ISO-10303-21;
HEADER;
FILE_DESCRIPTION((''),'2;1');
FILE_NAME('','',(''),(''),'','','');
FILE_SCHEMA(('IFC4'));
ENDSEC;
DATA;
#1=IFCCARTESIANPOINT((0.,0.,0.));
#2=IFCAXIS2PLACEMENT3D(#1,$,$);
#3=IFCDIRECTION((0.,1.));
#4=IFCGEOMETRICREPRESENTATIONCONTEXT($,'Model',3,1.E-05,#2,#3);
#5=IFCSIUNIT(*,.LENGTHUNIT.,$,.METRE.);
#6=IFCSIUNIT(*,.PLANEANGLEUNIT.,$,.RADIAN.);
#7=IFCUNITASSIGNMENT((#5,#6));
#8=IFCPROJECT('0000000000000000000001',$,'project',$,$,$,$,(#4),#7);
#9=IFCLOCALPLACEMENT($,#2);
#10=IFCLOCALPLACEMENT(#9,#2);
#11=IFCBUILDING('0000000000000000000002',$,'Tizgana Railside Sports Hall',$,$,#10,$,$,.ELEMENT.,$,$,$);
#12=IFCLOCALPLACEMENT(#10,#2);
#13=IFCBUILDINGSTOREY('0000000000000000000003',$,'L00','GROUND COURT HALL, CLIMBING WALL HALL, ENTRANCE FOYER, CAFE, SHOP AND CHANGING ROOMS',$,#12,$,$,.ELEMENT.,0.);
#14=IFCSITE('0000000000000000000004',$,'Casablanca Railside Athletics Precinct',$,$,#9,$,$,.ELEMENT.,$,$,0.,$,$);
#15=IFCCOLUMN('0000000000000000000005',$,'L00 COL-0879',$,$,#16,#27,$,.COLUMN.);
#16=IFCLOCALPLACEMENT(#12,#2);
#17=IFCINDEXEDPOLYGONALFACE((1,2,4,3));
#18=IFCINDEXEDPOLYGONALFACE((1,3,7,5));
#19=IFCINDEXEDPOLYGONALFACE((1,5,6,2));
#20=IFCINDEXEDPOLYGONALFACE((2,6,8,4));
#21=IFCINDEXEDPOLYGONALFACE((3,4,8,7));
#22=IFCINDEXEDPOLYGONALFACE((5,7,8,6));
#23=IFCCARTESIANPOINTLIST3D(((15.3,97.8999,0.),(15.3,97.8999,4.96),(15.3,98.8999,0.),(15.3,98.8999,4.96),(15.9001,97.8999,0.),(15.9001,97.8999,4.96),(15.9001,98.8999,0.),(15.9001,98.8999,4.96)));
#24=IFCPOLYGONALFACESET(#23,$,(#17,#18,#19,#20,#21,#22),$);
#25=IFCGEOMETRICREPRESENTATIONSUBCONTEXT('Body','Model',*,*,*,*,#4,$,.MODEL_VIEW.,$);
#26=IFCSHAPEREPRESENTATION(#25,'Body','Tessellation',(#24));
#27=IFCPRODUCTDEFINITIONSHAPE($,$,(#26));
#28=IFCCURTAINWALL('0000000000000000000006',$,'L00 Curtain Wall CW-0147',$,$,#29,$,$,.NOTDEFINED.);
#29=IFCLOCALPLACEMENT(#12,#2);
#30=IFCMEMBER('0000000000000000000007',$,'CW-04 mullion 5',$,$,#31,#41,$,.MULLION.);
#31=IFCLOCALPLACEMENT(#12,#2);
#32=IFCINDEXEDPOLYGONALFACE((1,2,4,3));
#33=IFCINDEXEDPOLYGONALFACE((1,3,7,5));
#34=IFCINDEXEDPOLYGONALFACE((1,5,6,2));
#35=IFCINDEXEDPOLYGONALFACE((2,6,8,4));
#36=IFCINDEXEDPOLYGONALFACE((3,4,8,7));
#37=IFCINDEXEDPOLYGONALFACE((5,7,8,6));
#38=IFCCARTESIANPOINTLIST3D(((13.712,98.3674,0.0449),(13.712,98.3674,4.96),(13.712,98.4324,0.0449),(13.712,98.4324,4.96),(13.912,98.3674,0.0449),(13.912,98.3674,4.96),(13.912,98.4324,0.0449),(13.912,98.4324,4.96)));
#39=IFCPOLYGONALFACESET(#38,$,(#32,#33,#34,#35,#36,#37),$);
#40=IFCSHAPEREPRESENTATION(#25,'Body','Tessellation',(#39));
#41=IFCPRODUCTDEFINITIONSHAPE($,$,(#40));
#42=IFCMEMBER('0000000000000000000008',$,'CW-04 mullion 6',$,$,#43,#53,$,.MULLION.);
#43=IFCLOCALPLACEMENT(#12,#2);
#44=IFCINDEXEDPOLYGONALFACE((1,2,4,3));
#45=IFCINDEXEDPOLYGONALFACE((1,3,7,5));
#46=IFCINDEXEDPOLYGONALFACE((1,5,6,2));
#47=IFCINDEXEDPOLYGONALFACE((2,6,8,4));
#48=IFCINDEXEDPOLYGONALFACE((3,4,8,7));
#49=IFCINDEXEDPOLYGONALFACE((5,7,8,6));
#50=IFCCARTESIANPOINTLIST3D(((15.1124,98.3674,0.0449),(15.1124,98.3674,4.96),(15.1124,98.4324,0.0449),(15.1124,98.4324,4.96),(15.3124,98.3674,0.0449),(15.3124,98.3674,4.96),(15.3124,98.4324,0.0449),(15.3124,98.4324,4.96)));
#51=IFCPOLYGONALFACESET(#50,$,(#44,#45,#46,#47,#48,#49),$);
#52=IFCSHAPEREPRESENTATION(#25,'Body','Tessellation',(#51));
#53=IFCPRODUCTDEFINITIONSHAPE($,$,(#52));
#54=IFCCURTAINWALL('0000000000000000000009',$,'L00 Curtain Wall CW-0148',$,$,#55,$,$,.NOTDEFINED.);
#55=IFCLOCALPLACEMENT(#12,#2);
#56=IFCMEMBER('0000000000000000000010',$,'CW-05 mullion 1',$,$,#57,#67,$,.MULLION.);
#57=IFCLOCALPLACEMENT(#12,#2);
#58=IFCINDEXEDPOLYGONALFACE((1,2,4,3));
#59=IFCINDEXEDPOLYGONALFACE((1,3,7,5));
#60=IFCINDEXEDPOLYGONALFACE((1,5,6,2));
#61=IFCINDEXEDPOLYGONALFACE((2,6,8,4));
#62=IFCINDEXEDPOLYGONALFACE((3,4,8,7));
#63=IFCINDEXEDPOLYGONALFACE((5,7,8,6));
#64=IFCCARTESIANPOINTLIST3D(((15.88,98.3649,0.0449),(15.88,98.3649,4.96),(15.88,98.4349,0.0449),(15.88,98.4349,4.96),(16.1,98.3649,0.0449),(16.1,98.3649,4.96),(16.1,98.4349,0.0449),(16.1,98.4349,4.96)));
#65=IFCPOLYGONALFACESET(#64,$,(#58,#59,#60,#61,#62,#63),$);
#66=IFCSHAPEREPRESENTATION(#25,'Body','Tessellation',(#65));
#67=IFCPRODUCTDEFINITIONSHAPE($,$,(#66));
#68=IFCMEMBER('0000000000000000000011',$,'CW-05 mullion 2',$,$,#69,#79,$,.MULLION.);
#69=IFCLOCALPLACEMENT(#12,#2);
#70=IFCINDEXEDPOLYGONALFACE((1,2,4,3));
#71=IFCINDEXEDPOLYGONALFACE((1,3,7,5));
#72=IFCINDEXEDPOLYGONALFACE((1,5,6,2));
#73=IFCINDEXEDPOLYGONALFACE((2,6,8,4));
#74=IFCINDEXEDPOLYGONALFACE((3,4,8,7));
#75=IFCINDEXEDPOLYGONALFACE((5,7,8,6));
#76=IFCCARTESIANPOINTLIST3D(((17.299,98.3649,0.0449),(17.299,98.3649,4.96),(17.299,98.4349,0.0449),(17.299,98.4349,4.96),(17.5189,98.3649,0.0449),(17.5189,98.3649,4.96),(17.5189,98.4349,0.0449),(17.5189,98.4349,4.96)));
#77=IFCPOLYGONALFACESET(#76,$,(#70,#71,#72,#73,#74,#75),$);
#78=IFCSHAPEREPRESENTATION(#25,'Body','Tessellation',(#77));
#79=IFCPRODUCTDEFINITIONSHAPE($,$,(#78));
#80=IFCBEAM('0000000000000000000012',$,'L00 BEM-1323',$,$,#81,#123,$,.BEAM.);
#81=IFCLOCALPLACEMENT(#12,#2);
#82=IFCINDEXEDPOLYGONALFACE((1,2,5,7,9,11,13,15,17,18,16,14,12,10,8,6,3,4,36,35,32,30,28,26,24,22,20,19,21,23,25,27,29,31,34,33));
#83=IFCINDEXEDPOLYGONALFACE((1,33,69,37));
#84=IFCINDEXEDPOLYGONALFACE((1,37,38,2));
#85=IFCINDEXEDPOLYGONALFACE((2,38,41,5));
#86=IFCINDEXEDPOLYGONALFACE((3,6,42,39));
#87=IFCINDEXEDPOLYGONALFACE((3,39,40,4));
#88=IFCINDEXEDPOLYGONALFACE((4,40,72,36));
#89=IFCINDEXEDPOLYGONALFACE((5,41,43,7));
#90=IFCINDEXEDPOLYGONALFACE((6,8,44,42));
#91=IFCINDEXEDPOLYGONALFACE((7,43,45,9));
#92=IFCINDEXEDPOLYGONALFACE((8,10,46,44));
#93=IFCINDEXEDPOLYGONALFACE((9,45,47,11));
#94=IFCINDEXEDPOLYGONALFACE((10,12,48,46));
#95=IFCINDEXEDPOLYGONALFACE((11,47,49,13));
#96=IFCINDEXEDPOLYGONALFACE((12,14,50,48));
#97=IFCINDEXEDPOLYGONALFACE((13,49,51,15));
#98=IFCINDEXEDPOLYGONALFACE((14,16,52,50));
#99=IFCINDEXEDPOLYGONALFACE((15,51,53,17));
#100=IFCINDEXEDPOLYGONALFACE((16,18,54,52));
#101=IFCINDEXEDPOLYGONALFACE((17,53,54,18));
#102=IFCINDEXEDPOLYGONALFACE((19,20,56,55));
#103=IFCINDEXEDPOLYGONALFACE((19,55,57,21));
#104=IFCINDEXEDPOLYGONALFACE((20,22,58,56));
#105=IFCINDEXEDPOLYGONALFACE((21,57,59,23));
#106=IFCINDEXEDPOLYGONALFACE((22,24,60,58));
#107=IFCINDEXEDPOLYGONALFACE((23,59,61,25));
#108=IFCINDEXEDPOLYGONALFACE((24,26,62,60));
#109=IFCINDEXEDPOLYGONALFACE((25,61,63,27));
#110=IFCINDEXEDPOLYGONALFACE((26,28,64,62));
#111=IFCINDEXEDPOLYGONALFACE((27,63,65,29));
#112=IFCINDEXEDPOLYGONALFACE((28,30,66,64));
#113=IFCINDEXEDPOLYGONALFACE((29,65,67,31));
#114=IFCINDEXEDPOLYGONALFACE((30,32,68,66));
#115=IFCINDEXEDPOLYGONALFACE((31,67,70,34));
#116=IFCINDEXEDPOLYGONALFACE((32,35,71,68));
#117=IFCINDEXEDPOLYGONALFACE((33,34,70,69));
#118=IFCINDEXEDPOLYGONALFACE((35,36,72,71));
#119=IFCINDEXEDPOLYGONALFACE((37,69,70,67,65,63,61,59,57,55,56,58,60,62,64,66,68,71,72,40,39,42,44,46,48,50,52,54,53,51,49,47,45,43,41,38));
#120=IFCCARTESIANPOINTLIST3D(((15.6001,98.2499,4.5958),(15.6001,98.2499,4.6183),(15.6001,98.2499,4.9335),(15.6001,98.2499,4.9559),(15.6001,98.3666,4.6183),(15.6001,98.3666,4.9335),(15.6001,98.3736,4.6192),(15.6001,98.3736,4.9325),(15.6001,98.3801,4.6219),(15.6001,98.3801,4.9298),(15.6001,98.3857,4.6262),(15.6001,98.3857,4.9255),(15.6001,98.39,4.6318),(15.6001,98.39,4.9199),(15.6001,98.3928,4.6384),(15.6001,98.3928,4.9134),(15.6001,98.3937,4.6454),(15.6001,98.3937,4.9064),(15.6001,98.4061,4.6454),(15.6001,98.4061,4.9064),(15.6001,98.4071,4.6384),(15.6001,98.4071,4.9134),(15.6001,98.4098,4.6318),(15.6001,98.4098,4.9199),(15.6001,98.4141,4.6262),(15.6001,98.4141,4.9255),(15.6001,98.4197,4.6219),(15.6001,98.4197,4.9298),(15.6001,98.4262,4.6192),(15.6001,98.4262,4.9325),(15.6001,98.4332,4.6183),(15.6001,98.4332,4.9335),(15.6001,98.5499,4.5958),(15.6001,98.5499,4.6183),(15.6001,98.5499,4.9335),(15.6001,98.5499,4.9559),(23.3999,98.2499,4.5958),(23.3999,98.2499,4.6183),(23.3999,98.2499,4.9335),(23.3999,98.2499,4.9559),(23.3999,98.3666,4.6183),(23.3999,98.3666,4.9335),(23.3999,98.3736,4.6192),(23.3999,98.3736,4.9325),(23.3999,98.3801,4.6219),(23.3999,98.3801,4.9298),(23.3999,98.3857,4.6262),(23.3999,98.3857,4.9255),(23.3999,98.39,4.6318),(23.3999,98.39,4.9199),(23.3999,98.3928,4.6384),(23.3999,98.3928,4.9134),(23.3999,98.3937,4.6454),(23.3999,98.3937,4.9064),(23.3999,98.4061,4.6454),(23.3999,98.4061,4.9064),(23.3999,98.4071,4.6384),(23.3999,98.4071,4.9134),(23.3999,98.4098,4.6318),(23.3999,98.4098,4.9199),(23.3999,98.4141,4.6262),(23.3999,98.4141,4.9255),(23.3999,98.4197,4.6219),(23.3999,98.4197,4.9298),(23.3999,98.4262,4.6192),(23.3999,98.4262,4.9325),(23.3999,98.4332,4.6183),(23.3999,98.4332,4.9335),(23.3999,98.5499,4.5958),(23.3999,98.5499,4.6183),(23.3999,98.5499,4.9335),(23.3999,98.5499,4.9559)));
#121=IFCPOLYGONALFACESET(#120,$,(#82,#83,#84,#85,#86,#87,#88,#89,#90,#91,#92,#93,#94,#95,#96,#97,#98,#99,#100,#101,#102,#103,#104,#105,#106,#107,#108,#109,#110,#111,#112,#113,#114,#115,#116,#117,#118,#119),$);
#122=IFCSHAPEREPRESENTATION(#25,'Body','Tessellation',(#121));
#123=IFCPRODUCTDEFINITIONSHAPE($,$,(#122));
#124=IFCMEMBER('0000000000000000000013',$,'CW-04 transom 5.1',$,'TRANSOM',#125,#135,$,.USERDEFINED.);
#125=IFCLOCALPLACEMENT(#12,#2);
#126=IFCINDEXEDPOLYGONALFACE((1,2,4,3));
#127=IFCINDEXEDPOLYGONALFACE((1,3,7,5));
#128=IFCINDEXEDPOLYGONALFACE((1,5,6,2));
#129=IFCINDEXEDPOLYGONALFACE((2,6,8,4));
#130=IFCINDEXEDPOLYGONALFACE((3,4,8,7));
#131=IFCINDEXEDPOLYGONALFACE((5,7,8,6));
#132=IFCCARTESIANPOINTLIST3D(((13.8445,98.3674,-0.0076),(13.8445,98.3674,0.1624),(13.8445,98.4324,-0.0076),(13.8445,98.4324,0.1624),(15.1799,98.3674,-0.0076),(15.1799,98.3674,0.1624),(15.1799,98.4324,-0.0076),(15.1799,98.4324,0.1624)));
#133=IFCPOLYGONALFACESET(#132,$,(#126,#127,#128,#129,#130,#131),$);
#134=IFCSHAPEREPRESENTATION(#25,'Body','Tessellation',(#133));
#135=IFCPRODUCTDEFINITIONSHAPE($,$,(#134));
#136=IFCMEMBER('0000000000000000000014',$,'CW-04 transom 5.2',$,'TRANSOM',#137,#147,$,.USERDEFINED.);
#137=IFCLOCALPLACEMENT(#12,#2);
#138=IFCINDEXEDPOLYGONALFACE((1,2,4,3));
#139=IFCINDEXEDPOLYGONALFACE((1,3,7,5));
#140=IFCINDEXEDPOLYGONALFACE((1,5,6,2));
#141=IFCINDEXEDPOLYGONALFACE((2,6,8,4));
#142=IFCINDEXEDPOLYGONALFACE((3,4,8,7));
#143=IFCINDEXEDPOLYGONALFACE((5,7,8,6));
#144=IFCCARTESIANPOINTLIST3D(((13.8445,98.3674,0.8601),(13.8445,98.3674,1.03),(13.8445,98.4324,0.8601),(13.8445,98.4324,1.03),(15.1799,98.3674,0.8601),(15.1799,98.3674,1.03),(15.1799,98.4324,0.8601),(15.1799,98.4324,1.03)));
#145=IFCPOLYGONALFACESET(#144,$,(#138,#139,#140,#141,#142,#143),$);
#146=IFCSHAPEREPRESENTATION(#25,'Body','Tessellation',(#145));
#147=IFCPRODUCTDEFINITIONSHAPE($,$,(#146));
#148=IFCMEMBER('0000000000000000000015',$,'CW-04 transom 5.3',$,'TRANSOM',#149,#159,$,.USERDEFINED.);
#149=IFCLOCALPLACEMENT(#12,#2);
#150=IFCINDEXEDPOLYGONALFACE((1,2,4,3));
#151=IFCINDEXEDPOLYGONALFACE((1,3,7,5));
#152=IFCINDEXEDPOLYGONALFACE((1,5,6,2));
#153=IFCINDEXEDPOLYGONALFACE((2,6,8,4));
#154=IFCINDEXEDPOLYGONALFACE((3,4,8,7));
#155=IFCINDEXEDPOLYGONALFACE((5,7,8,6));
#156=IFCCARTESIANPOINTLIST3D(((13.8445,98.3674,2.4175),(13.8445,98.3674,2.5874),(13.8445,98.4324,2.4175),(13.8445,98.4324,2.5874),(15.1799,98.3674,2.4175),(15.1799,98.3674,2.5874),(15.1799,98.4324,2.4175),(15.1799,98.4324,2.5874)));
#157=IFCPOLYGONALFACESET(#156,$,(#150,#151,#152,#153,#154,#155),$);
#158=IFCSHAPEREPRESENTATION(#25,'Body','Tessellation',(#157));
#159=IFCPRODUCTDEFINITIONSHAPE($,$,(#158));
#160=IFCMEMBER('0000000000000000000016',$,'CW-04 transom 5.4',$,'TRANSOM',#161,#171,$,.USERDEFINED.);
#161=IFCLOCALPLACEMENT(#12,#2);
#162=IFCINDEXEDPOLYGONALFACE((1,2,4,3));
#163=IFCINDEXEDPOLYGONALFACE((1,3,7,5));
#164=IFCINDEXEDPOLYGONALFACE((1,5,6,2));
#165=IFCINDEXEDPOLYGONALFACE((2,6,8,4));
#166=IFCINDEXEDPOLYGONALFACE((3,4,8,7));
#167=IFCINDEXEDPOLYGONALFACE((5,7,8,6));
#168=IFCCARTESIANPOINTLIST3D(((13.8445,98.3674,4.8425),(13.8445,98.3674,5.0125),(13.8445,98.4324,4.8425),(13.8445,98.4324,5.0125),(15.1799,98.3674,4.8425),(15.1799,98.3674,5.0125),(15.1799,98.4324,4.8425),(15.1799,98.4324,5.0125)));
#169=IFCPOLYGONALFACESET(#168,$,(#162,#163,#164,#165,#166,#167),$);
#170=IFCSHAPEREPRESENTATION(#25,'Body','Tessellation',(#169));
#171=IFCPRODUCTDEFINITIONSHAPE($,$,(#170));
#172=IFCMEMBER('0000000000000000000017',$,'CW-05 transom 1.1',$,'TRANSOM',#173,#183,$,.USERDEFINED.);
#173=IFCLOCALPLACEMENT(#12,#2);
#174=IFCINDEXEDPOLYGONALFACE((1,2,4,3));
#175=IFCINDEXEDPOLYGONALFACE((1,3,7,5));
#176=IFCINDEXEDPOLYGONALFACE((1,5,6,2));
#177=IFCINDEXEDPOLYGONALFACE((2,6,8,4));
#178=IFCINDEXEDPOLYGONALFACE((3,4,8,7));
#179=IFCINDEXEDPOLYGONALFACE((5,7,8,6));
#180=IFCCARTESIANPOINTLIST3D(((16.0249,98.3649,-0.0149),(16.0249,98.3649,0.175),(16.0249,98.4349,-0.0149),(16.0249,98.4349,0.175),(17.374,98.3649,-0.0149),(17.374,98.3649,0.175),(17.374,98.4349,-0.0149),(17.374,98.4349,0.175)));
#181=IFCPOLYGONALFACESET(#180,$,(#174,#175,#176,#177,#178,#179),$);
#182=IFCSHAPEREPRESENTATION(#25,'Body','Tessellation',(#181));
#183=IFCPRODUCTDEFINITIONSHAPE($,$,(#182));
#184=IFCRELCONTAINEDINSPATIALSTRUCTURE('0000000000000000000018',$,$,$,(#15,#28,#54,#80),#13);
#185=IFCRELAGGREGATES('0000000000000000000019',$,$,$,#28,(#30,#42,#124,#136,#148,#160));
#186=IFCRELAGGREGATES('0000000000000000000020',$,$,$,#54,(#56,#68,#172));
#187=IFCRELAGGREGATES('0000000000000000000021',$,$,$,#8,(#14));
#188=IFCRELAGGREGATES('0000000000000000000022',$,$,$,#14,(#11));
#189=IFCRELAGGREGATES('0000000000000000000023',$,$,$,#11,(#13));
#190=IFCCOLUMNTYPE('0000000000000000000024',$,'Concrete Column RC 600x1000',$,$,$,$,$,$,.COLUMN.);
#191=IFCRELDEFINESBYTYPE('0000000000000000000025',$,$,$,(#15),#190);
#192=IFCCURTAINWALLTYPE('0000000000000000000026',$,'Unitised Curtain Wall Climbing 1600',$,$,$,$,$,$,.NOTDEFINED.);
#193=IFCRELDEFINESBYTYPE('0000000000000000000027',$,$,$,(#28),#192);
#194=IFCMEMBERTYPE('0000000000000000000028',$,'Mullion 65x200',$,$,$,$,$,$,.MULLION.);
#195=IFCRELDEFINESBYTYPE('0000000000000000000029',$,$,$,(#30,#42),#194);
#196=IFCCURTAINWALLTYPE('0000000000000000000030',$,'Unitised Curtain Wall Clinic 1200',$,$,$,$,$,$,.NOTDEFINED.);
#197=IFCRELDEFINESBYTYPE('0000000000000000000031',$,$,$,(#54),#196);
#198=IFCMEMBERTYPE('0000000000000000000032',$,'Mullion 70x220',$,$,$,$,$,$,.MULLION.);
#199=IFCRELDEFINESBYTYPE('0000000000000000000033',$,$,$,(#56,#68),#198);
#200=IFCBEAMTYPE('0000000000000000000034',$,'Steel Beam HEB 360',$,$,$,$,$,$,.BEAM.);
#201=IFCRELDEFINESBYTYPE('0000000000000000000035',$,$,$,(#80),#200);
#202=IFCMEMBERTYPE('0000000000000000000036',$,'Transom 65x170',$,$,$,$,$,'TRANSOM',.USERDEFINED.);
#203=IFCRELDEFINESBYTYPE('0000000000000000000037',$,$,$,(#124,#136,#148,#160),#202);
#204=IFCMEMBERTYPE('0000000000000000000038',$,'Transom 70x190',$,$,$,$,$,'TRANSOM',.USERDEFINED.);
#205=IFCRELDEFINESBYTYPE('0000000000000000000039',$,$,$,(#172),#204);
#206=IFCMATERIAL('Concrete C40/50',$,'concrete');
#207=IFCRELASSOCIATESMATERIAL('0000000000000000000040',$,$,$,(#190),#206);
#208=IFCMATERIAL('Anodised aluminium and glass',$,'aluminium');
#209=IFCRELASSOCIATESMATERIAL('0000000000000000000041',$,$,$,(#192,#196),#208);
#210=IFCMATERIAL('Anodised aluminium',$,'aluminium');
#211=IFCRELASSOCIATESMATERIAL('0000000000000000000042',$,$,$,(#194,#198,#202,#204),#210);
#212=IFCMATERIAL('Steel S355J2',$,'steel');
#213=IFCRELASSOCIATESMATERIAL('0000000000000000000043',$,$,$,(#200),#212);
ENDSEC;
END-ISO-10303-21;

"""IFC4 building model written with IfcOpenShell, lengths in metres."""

from ifc_helpers import new_model, si_unit, direction, frame, origin, origin_2d, place, context, subcontext, project, spatial, rectangle, i_section, extrude, material, material_profile, profile_set, type_object, element, aggregate, save


model = new_model("IFC4")

# Units and contexts
model_context = context("Model", 3, precision=1e-05, world=origin(), true_north=direction((0.0, 1.0)))
body_context = subcontext(model_context, "Body", "Model", "MODEL_VIEW")
ifc_project = project(units=[si_unit("LENGTHUNIT", "METRE"), si_unit("PLANEANGLEUNIT", "RADIAN")], contexts=[model_context])

# Site, building, storey
site_placement = place(None, origin())
site = spatial("IfcSite", under=ifc_project, at=site_placement, Name="Casablanca Railside Athletics Precinct", CompositionType="ELEMENT", RefElevation=0.0)
building_placement = place(site_placement, origin())
building = spatial("IfcBuilding", under=site, at=building_placement, Name="Tizgana Railside Sports Hall", CompositionType="ELEMENT")
storey_placement = place(building_placement, origin())
storey = spatial("IfcBuildingStorey", under=building, at=storey_placement, Name="L00", Description="GROUND COURT HALL, CLIMBING WALL HALL, ENTRANCE FOYER, CAFE, SHOP AND CHANGING ROOMS", CompositionType="ELEMENT", Elevation=0.0)

# Column
ifc_material_1 = material(Name="Concrete C40/50", Category="concrete")
ifc_material_profile_1 = material_profile(ifc_material_1, rectangle(XDim=0.6001, YDim=1.0, at=origin_2d()), Name="RC 600x1000")
ifc_profile_set_1 = profile_set([ifc_material_profile_1], Name="Concrete C40/50")
column_type = type_object("IfcColumnType", Name="Concrete Column RC 600x1000", PredefinedType="COLUMN", material=ifc_profile_set_1)
column_placement = place(storey_placement, frame((15.6001, 98.3999, 0.0), z_axis=(0.0, 0.0, 1.0), x_axis=(1.0, 0.0, 0.0)))
element("IfcColumn", 1, at=column_placement, inside=storey, type_object=column_type, Name="L00 COL-0879", PredefinedType="COLUMN", context=body_context, shape_type="SweptSolid", body=[
    extrude(rectangle(XDim=0.6001, YDim=1.0, at=origin_2d()), origin(), (0.0, 0.0, 1.0), 4.96),
])

# Curtain walls, members
ifc_material_2 = material(Name="Anodised aluminium and glass", Category="aluminium")
curtain_wall_type_1 = type_object("IfcCurtainWallType", Name="Unitised Curtain Wall Climbing 1600", PredefinedType="NOTDEFINED", material=ifc_material_2)
curtain_wall_1_placement = place(storey_placement, origin())
curtain_wall_1 = element("IfcCurtainWall", 2, at=curtain_wall_1_placement, inside=storey, type_object=curtain_wall_type_1, Name="L00 Curtain Wall CW-0147", PredefinedType="NOTDEFINED")
ifc_material_3 = material(Name="Anodised aluminium", Category="aluminium")
ifc_material_profile_2 = material_profile(ifc_material_3, rectangle(XDim=0.0649, YDim=0.2, at=origin_2d()), Name="Mullion 65x200")
ifc_profile_set_2 = profile_set([ifc_material_profile_2], Name="Anodised aluminium")
member_type_1 = type_object("IfcMemberType", Name="Mullion 65x200", PredefinedType="MULLION", material=ifc_profile_set_2)
member_1_placement = place(storey_placement, frame((13.812, 98.3999, 0.0449), z_axis=(0.0, 0.0, 1.0), x_axis=(0.0, 1.0, 0.0)))
member_1 = element("IfcMember", 3, at=member_1_placement, type_object=member_type_1, Name="CW-04 mullion 5", PredefinedType="MULLION", context=body_context, shape_type="SweptSolid", body=[
    extrude(rectangle(XDim=0.0649, YDim=0.2, at=origin_2d()), origin(), (0.0, 0.0, 1.0), 4.915),
])
member_2_placement = place(storey_placement, frame((15.2124, 98.3999, 0.0449), z_axis=(0.0, 0.0, 1.0), x_axis=(0.0, 1.0, 0.0)))
member_2 = element("IfcMember", 4, at=member_2_placement, type_object=member_type_1, Name="CW-04 mullion 6", PredefinedType="MULLION", context=body_context, shape_type="SweptSolid", body=[
    extrude(rectangle(XDim=0.0649, YDim=0.2, at=origin_2d()), origin(), (0.0, 0.0, 1.0), 4.915),
])
curtain_wall_type_2 = type_object("IfcCurtainWallType", Name="Unitised Curtain Wall Clinic 1200", PredefinedType="NOTDEFINED", material=ifc_material_2)
curtain_wall_2_placement = place(storey_placement, origin())
curtain_wall_2 = element("IfcCurtainWall", 5, at=curtain_wall_2_placement, inside=storey, type_object=curtain_wall_type_2, Name="L00 Curtain Wall CW-0148", PredefinedType="NOTDEFINED")
ifc_material_profile_3 = material_profile(ifc_material_3, rectangle(XDim=0.0701, YDim=0.22, at=origin_2d()), Name="Mullion 70x220")
ifc_profile_set_3 = profile_set([ifc_material_profile_3], Name="Anodised aluminium")
member_type_2 = type_object("IfcMemberType", Name="Mullion 70x220", PredefinedType="MULLION", material=ifc_profile_set_3)
member_3_placement = place(storey_placement, frame((15.99, 98.3999, 0.0449), z_axis=(0.0, 0.0, 1.0), x_axis=(0.0, 1.0, 0.0)))
member_3 = element("IfcMember", 6, at=member_3_placement, type_object=member_type_2, Name="CW-05 mullion 1", PredefinedType="MULLION", context=body_context, shape_type="SweptSolid", body=[
    extrude(rectangle(XDim=0.0701, YDim=0.22, at=origin_2d()), origin(), (0.0, 0.0, 1.0), 4.915),
])
member_4_placement = place(storey_placement, frame((17.4089, 98.3999, 0.0449), z_axis=(0.0, 0.0, 1.0), x_axis=(0.0, 1.0, 0.0)))
member_4 = element("IfcMember", 7, at=member_4_placement, type_object=member_type_2, Name="CW-05 mullion 2", PredefinedType="MULLION", context=body_context, shape_type="SweptSolid", body=[
    extrude(rectangle(XDim=0.0701, YDim=0.22, at=origin_2d()), origin(), (0.0, 0.0, 1.0), 4.915),
])

# Beam
ifc_material_4 = material(Name="Steel S355J2", Category="steel")
ifc_material_profile_4 = material_profile(ifc_material_4, i_section(OverallWidth=0.3, OverallDepth=0.3601, WebThickness=0.0125, FlangeThickness=0.0225, FilletRadius=0.0271, at=origin_2d()), Name="HEB 360")
ifc_profile_set_4 = profile_set([ifc_material_profile_4], Name="Steel S355J2")
beam_type = type_object("IfcBeamType", Name="Steel Beam HEB 360", PredefinedType="BEAM", material=ifc_profile_set_4)
beam_placement = place(storey_placement, frame((15.6001, 98.3999, 4.7759), z_axis=(1.0, 0.0, 0.0), x_axis=(0.0, 1.0, 0.0)))
element("IfcBeam", 8, at=beam_placement, inside=storey, type_object=beam_type, Name="L00 BEM-1323", PredefinedType="BEAM", context=body_context, shape_type="SweptSolid", body=[
    extrude(i_section(OverallWidth=0.3, OverallDepth=0.3601, WebThickness=0.0125, FlangeThickness=0.0225, FilletRadius=0.0271, at=origin_2d()), origin(), (0.0, 0.0, 1.0), 7.7998),
])

# Members
ifc_material_profile_5 = material_profile(ifc_material_3, rectangle(XDim=0.0649, YDim=0.1699, at=origin_2d()), Name="Transom 65x170")
ifc_profile_set_5 = profile_set([ifc_material_profile_5], Name="Anodised aluminium")
member_type_3 = type_object("IfcMemberType", Name="Transom 65x170", ElementType="TRANSOM", PredefinedType="USERDEFINED", material=ifc_profile_set_5)
member_5_placement = place(storey_placement, frame((13.8445, 98.3999, 0.0774), z_axis=(1.0, 0.0, 0.0), x_axis=(0.0, 1.0, 0.0)))
member_5 = element("IfcMember", 9, at=member_5_placement, type_object=member_type_3, Name="CW-04 transom 5.1", ObjectType="TRANSOM", PredefinedType="USERDEFINED", context=body_context, shape_type="SweptSolid", body=[
    extrude(rectangle(XDim=0.0649, YDim=0.1699, at=origin_2d()), origin(), (0.0, 0.0, 1.0), 1.3354),
])
member_6_placement = place(storey_placement, frame((13.8445, 98.3999, 0.9451), z_axis=(1.0, 0.0, 0.0), x_axis=(0.0, 1.0, 0.0)))
member_6 = element("IfcMember", 10, at=member_6_placement, type_object=member_type_3, Name="CW-04 transom 5.2", ObjectType="TRANSOM", PredefinedType="USERDEFINED", context=body_context, shape_type="SweptSolid", body=[
    extrude(rectangle(XDim=0.0649, YDim=0.1699, at=origin_2d()), origin(), (0.0, 0.0, 1.0), 1.3354),
])
member_7_placement = place(storey_placement, frame((13.8445, 98.3999, 2.5024), z_axis=(1.0, 0.0, 0.0), x_axis=(0.0, 1.0, 0.0)))
member_7 = element("IfcMember", 11, at=member_7_placement, type_object=member_type_3, Name="CW-04 transom 5.3", ObjectType="TRANSOM", PredefinedType="USERDEFINED", context=body_context, shape_type="SweptSolid", body=[
    extrude(rectangle(XDim=0.0649, YDim=0.1699, at=origin_2d()), origin(), (0.0, 0.0, 1.0), 1.3354),
])
member_8_placement = place(storey_placement, frame((13.8445, 98.3999, 4.9275), z_axis=(1.0, 0.0, 0.0), x_axis=(0.0, 1.0, 0.0)))
member_8 = element("IfcMember", 12, at=member_8_placement, type_object=member_type_3, Name="CW-04 transom 5.4", ObjectType="TRANSOM", PredefinedType="USERDEFINED", context=body_context, shape_type="SweptSolid", body=[
    extrude(rectangle(XDim=0.0649, YDim=0.1699, at=origin_2d()), origin(), (0.0, 0.0, 1.0), 1.3354),
])
ifc_material_profile_6 = material_profile(ifc_material_3, rectangle(XDim=0.0701, YDim=0.1899, at=origin_2d()), Name="Transom 70x190")
ifc_profile_set_6 = profile_set([ifc_material_profile_6], Name="Anodised aluminium")
member_type_4 = type_object("IfcMemberType", Name="Transom 70x190", ElementType="TRANSOM", PredefinedType="USERDEFINED", material=ifc_profile_set_6)
member_9_placement = place(storey_placement, frame((16.0249, 98.3999, 0.0801), z_axis=(1.0, 0.0, 0.0), x_axis=(0.0, 1.0, 0.0)))
member_9 = element("IfcMember", 13, at=member_9_placement, type_object=member_type_4, Name="CW-05 transom 1.1", ObjectType="TRANSOM", PredefinedType="USERDEFINED", context=body_context, shape_type="SweptSolid", body=[
    extrude(rectangle(XDim=0.0701, YDim=0.1899, at=origin_2d()), origin(), (0.0, 0.0, 1.0), 1.3491),
])

aggregate(curtain_wall_1, [member_1, member_2, member_5, member_6, member_7, member_8])
aggregate(curtain_wall_2, [member_3, member_4, member_9])

save(model, "model.ifc")
